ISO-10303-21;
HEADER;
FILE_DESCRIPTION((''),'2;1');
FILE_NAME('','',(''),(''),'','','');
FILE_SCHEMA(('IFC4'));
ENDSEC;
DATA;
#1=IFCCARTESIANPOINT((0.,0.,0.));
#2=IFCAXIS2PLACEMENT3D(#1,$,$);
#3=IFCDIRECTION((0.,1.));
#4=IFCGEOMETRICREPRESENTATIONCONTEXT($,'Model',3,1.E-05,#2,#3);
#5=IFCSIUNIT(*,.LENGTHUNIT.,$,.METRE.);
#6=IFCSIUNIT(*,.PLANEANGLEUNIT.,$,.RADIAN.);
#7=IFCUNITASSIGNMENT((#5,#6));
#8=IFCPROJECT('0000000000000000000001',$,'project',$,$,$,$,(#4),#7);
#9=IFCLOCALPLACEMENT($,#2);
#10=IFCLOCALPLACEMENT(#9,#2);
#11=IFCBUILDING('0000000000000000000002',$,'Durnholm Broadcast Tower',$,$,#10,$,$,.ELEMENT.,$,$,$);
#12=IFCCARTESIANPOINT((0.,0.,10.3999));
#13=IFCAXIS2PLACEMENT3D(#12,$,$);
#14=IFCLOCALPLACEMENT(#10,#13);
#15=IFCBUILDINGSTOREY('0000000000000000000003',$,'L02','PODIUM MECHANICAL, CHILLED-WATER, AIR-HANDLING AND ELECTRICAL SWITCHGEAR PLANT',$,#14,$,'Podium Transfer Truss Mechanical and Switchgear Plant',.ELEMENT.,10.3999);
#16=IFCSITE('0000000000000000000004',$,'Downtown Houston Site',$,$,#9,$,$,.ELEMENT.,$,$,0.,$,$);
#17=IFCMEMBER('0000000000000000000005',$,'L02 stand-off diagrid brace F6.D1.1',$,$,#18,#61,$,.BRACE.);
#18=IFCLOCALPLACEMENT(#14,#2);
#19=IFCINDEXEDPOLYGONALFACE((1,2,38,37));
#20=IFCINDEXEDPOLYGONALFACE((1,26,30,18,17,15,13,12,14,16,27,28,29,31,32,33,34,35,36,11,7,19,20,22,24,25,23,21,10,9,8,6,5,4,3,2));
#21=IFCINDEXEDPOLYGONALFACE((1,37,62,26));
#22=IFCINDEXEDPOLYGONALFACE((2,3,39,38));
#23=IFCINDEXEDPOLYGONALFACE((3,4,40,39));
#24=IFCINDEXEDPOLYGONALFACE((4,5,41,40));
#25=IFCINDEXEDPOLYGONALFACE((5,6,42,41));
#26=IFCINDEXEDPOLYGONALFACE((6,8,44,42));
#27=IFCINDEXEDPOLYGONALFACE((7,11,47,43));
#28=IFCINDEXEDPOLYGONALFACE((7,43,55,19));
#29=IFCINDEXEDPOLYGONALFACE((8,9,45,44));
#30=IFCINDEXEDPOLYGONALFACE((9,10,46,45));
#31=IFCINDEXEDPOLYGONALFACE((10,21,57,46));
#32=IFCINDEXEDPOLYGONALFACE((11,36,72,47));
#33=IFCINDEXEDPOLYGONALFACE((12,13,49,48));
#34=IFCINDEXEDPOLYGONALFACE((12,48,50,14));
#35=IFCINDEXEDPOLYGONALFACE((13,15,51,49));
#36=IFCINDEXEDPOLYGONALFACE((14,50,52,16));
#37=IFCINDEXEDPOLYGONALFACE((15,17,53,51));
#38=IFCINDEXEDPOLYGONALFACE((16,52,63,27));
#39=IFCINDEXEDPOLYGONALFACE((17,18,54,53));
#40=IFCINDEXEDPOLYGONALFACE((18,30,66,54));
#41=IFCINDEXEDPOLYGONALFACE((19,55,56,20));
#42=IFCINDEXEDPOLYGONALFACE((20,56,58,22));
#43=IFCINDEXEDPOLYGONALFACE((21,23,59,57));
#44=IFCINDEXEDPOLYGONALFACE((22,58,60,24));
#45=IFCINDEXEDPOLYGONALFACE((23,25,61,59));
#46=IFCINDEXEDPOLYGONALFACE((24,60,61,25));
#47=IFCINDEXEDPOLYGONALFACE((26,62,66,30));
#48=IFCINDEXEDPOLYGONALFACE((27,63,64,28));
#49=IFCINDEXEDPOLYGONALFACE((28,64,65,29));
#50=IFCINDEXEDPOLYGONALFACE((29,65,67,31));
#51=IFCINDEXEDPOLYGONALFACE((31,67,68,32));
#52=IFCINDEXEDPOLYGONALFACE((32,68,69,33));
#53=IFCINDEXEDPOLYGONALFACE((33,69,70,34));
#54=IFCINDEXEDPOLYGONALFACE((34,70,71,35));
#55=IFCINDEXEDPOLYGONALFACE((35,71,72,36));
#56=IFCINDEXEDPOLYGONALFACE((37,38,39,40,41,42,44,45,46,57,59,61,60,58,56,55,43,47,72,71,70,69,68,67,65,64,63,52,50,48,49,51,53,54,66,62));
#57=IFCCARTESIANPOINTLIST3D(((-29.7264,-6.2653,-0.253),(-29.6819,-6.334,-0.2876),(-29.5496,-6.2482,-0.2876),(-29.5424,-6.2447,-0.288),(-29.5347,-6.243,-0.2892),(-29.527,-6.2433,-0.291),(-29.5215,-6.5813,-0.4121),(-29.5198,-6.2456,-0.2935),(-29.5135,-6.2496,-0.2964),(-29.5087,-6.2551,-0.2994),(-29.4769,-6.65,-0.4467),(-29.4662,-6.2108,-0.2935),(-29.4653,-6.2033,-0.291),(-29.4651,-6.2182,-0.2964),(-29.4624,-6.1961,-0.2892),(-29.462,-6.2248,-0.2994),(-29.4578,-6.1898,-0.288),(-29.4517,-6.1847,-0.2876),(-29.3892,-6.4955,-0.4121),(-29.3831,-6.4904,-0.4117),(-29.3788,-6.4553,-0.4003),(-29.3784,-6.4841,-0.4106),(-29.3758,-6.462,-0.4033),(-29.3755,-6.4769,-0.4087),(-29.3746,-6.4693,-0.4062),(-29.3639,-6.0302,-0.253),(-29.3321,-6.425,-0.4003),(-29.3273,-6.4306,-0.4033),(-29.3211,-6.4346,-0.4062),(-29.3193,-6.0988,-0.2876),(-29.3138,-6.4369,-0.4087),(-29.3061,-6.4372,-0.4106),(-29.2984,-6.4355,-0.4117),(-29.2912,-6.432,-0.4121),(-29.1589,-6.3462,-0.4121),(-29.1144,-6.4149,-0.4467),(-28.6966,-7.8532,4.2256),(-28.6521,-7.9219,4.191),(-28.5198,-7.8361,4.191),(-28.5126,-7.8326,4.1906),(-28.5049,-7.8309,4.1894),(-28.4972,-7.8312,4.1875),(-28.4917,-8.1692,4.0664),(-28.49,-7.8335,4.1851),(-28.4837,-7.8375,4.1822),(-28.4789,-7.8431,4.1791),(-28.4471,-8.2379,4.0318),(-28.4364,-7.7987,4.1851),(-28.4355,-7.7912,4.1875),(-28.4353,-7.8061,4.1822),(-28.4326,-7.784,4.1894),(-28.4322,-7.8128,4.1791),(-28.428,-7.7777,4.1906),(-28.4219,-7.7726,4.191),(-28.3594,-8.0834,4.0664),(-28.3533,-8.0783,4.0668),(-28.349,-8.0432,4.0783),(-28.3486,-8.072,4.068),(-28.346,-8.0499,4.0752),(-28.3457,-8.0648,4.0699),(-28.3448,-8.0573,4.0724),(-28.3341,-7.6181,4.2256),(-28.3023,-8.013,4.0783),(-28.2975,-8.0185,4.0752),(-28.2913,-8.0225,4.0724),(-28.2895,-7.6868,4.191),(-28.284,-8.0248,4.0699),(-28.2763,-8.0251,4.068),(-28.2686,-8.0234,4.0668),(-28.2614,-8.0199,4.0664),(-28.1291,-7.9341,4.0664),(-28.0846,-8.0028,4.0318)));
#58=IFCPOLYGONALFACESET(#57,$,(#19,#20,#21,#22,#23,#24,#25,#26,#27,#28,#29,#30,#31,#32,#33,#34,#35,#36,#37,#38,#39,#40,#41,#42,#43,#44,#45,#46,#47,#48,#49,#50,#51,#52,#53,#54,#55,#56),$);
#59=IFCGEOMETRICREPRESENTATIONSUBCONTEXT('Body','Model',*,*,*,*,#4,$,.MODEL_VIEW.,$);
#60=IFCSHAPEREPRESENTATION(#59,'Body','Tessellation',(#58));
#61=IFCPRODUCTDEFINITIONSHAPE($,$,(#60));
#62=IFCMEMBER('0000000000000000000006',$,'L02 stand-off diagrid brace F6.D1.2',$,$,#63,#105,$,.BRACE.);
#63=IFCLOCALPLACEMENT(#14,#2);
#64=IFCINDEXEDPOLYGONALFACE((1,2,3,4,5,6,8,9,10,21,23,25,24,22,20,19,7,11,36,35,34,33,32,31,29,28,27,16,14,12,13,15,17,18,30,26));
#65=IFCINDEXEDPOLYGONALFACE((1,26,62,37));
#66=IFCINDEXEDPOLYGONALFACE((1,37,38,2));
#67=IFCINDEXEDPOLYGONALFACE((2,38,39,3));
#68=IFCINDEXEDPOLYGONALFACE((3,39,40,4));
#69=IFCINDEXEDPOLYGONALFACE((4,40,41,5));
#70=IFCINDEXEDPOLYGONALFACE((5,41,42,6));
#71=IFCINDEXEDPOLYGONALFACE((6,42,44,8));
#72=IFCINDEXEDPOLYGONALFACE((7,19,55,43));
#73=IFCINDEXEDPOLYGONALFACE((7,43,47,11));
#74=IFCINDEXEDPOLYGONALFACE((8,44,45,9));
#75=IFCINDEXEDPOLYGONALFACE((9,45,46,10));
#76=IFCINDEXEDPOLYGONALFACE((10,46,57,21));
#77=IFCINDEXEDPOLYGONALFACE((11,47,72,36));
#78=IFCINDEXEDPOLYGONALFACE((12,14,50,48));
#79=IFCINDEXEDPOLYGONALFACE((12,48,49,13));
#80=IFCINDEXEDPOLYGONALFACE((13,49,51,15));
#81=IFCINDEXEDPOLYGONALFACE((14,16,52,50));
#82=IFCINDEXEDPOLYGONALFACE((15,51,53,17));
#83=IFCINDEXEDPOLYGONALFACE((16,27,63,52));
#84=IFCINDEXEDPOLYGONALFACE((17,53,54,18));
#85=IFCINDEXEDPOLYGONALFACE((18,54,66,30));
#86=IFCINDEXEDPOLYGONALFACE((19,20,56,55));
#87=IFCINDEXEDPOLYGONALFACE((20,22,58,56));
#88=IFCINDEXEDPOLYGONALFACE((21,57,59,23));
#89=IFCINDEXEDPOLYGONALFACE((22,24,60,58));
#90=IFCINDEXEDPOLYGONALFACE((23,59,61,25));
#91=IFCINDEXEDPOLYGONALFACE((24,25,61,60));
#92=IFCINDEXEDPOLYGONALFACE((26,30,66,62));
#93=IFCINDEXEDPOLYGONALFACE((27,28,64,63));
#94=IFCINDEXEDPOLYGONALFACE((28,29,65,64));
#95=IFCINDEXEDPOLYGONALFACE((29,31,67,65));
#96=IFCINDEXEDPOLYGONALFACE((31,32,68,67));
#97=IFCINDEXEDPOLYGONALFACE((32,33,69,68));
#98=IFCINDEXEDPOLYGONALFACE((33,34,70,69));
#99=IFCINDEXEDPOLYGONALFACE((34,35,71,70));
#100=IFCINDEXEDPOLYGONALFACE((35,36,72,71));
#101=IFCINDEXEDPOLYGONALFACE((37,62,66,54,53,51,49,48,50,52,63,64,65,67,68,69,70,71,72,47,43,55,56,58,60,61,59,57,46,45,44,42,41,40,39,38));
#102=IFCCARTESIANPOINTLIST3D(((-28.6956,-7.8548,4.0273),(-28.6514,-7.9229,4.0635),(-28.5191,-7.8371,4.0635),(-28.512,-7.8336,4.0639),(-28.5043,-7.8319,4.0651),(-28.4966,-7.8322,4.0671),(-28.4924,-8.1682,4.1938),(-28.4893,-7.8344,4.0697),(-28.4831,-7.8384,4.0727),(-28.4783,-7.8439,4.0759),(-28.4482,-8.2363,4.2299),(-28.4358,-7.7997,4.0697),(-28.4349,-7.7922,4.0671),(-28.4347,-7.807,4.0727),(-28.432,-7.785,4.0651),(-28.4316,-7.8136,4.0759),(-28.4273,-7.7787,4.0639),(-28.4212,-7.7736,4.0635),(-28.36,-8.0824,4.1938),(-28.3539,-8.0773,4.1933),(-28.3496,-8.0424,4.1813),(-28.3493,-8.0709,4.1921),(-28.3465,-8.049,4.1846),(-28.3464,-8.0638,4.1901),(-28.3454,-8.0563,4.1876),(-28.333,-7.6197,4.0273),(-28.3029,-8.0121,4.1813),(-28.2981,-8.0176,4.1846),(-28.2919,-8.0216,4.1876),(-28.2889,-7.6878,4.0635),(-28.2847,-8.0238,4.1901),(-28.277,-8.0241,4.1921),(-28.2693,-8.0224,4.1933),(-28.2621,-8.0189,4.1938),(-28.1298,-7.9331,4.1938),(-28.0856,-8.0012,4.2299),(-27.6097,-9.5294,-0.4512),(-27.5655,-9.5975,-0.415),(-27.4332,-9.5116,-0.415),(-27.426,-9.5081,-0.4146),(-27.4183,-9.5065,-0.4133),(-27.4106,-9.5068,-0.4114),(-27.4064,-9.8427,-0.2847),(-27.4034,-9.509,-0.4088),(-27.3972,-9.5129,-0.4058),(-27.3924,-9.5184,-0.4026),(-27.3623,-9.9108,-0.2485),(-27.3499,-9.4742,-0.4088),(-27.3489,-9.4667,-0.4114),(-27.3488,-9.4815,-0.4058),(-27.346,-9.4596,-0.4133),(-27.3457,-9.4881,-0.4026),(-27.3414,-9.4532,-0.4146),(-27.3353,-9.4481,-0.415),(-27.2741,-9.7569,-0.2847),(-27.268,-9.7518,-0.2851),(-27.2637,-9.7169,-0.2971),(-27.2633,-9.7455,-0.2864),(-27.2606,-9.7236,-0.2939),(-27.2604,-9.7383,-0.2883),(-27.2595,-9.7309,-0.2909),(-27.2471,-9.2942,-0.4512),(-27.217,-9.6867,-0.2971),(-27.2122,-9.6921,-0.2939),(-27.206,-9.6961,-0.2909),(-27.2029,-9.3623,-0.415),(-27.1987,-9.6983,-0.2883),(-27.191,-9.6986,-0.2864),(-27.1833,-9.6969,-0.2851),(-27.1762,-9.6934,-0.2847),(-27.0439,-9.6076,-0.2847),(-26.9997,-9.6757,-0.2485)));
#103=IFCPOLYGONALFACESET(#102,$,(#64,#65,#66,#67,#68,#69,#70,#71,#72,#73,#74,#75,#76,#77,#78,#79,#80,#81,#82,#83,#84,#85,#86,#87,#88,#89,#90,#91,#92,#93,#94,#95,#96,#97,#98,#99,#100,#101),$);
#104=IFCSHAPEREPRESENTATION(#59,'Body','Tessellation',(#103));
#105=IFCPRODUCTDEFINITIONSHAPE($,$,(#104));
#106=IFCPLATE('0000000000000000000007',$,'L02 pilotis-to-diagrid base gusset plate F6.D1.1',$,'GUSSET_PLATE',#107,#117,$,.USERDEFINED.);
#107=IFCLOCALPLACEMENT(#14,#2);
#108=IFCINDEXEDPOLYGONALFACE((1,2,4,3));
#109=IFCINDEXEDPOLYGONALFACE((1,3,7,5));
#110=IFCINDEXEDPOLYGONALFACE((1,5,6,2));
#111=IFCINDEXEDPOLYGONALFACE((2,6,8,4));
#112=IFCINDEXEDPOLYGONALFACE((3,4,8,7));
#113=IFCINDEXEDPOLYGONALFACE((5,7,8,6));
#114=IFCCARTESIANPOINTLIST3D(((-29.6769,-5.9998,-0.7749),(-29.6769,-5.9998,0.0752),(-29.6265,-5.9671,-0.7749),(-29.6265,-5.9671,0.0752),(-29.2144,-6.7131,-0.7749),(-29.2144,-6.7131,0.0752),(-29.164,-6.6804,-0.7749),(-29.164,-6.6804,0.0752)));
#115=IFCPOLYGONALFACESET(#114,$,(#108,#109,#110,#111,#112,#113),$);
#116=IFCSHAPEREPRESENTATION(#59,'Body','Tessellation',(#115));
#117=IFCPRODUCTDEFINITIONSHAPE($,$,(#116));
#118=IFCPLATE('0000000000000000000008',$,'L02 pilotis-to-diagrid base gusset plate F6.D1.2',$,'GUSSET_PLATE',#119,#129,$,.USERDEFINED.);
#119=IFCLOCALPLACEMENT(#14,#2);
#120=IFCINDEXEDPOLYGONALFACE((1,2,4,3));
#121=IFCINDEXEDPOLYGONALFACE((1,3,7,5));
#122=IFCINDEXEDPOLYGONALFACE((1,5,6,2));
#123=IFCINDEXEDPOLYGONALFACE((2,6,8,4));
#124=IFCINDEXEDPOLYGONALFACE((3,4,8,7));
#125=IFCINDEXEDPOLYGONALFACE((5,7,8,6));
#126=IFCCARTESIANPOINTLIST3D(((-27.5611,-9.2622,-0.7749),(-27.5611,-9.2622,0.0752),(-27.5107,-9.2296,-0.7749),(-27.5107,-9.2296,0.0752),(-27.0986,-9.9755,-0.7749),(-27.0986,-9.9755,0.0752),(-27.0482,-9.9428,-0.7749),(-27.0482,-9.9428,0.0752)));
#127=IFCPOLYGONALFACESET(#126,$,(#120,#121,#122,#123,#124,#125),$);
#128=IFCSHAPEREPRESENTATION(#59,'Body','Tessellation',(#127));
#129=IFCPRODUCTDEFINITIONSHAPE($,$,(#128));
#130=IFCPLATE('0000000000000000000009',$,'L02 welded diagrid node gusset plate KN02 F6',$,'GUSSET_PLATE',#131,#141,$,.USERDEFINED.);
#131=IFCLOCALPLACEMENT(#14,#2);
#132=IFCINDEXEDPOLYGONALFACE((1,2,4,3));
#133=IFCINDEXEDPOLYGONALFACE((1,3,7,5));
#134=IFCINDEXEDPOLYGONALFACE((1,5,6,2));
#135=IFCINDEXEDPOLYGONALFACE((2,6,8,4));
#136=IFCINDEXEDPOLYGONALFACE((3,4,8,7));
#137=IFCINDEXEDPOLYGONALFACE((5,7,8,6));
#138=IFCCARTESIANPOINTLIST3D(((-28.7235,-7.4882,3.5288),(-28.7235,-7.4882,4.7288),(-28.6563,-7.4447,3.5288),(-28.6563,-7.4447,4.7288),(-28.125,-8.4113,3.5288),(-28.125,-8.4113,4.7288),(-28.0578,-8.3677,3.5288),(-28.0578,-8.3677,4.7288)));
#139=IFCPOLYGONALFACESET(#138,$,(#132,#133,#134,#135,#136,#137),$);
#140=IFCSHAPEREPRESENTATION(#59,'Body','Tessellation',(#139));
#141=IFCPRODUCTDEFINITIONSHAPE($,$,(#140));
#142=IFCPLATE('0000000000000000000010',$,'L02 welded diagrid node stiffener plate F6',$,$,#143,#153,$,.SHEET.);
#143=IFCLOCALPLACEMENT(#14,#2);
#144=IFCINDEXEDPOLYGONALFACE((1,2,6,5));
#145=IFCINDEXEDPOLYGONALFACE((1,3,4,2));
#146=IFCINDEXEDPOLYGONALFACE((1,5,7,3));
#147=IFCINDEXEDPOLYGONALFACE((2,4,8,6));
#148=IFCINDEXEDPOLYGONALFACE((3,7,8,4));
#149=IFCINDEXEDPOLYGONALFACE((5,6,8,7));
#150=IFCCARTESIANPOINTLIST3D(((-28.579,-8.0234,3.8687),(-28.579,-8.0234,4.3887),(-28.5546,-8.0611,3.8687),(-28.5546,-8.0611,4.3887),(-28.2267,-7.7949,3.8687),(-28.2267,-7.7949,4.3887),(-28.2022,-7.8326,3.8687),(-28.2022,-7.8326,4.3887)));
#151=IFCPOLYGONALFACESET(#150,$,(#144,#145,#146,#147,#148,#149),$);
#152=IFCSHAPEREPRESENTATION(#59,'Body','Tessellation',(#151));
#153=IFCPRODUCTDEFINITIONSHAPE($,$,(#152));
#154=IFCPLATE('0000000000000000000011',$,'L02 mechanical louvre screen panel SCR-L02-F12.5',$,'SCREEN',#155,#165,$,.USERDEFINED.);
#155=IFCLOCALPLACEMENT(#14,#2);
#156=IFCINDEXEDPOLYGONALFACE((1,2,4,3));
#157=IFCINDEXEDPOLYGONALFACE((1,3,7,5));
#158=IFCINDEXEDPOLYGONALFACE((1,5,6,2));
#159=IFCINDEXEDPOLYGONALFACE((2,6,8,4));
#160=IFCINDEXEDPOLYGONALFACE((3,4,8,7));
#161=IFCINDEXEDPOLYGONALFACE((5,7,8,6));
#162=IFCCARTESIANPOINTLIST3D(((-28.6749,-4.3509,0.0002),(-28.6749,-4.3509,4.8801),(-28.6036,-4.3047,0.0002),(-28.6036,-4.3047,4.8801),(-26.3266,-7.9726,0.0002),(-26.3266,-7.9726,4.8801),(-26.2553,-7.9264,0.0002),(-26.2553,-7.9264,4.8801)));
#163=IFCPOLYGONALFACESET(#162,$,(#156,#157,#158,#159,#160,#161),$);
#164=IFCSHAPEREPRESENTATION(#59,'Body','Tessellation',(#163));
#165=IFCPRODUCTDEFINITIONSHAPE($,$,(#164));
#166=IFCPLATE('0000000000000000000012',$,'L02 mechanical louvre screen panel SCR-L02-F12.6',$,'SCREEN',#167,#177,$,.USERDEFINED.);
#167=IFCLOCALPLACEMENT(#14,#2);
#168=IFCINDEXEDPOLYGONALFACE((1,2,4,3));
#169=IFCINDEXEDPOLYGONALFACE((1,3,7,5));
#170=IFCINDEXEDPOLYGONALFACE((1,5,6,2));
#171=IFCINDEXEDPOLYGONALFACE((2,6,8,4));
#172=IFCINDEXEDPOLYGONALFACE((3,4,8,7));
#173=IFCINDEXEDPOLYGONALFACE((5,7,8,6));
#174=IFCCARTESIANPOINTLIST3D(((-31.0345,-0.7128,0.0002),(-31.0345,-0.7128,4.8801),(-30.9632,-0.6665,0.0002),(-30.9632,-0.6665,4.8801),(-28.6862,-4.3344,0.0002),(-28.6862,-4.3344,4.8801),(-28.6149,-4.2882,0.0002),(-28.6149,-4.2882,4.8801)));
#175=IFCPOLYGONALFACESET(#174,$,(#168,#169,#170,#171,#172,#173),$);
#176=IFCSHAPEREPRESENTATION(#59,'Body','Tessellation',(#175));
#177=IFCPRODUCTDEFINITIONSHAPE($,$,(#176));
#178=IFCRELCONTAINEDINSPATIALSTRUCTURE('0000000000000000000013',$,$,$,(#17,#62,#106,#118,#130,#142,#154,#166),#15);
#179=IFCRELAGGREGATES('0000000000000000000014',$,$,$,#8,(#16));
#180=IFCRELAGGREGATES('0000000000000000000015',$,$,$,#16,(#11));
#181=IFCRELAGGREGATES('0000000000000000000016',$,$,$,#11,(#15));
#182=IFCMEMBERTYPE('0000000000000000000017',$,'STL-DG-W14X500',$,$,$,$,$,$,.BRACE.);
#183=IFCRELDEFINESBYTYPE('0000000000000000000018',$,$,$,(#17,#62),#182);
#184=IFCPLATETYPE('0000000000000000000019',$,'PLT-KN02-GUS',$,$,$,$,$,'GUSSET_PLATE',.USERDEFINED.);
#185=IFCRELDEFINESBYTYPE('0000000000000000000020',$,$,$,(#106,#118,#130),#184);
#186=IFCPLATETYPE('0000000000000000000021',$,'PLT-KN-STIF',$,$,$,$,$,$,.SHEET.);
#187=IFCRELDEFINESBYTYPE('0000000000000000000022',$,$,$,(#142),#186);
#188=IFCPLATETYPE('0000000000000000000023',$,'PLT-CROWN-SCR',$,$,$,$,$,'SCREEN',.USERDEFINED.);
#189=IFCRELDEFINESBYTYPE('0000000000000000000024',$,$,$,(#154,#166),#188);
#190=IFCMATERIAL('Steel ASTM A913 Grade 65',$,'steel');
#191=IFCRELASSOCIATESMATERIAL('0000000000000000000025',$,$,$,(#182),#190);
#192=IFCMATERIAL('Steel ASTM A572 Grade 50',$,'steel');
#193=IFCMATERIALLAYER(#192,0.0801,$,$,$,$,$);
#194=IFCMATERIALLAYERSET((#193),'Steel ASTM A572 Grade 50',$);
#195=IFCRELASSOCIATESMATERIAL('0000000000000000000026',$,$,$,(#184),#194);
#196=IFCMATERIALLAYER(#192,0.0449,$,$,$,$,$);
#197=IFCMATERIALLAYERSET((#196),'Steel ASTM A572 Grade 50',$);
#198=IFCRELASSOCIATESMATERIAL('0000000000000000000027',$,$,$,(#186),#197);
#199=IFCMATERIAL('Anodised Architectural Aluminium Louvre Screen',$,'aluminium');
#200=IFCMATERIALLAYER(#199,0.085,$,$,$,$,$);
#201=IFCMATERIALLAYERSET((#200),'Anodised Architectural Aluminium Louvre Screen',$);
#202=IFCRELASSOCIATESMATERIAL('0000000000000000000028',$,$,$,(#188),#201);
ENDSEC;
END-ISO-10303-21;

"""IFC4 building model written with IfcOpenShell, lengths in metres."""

from ifc_helpers import new_model, si_unit, direction, frame, origin, origin_2d, place, context, subcontext, project, spatial, rectangle, i_section, extrude, source, transform, mapped, material, layer, layer_set, material_profile, profile_set, type_object, type_shapes, element, save


model = new_model("IFC4")

# Units and contexts
model_context = context("Model", 3, precision=1e-05, world=origin(), true_north=direction((0.0, 1.0)))
body_context = subcontext(model_context, "Body", "Model", "MODEL_VIEW")
ifc_project = project(units=[si_unit("LENGTHUNIT", "METRE"), si_unit("PLANEANGLEUNIT", "RADIAN")], contexts=[model_context])

# Site, building, storey
site_placement = place(None, origin())
site = spatial("IfcSite", under=ifc_project, at=site_placement, Name="Downtown Houston Site", CompositionType="ELEMENT", RefElevation=0.0)
building_placement = place(site_placement, origin())
building = spatial("IfcBuilding", under=site, at=building_placement, Name="Durnholm Broadcast Tower", CompositionType="ELEMENT")
storey_placement = place(building_placement, frame((0.0, 0.0, 10.3999)))
storey = spatial("IfcBuildingStorey", under=building, at=storey_placement, Name="L02", Description="PODIUM MECHANICAL, CHILLED-WATER, AIR-HANDLING AND ELECTRICAL SWITCHGEAR PLANT", LongName="Podium Transfer Truss Mechanical and Switchgear Plant", CompositionType="ELEMENT", Elevation=10.3999)

# Shared definitions
ifc_material_1 = material(Name="Steel ASTM A913 Grade 65", Category="steel")

# Members
ifc_material_profile_1 = material_profile(ifc_material_1, i_section(OverallWidth=0.4321, OverallDepth=0.4978, WebThickness=0.0557, FlangeThickness=0.0889, FilletRadius=0.0305, at=origin_2d()), Name="W14X500")
ifc_profile_set_1 = profile_set([ifc_material_profile_1], Name="Steel ASTM A913 Grade 65")
member_type = type_object("IfcMemberType", Name="STL-DG-W14X500", PredefinedType="BRACE", material=ifc_profile_set_1)
shared_shape_1 = source(origin(), body_context, "Body", "SweptSolid", [
    extrude(i_section(OverallWidth=0.4321, OverallDepth=0.4978, WebThickness=0.0557, FlangeThickness=0.0889, FilletRadius=0.0305, at=origin_2d()), origin(), (0.0, 0.0, 1.0), 4.8621),
])
member_1_placement = place(storey_placement, frame((-29.4204, -6.3401, -0.3499), z_axis=(0.211803, -0.326593, 0.921128), x_axis=(0.839009, 0.544117, 0.0)))
element("IfcMember", 1, at=member_1_placement, inside=storey, type_object=member_type, Name="L02 stand-off diagrid brace F6.D1.1", PredefinedType="BRACE", context=body_context, shape_type="MappedRepresentation", body=[
    mapped(shared_shape_1, transform((0.0, 0.0, 0.0), x_axis=(1.0, 0.0, 0.0), y_axis=(0.0, 1.0, 0.0), z_axis=(0.0, 0.0, 1.0), scale=1.0)),
])
shared_shape_2 = source(origin(), body_context, "Body", "SweptSolid", [
    extrude(i_section(OverallWidth=0.4321, OverallDepth=0.4978, WebThickness=0.0557, FlangeThickness=0.0889, FilletRadius=0.0305, at=origin_2d()), origin(), (0.0, 0.0, 1.0), 4.9031),
])
type_shapes(member_type, [shared_shape_1, shared_shape_2])
member_2_placement = place(storey_placement, frame((-27.3047, -9.6025, -0.3499), z_axis=(-0.221479, 0.34153, 0.913403), x_axis=(-0.839022, -0.544098, 0.0)))
element("IfcMember", 2, at=member_2_placement, inside=storey, type_object=member_type, Name="L02 stand-off diagrid brace F6.D1.2", PredefinedType="BRACE", context=body_context, shape_type="MappedRepresentation", body=[
    mapped(shared_shape_2, transform((0.0, 0.0, 0.0), x_axis=(1.0, 0.0, 0.0), y_axis=(0.0, 1.0, 0.0), z_axis=(0.0, 0.0, 1.0), scale=1.0)),
])

# Plates
ifc_material_2 = material(Name="Steel ASTM A572 Grade 50", Category="steel")
ifc_layer_1 = layer(ifc_material_2, 0.0801)
ifc_layer_set_1 = layer_set([ifc_layer_1], Name="Steel ASTM A572 Grade 50")
plate_type_1 = type_object("IfcPlateType", Name="PLT-KN02-GUS", ElementType="GUSSET_PLATE", PredefinedType="USERDEFINED", material=ifc_layer_set_1)
shared_shape_3 = source(origin(), body_context, "Body", "SweptSolid", [
    extrude(rectangle(XDim=0.8501, YDim=0.0601, at=origin_2d()), origin(), (0.0, 0.0, 1.0), 0.8501),
])
for number, where, z_axis, x_axis, name in (
    (3, (-29.4204, -6.3401, -0.7749), (0.0, 0.0, 1.0), (0.544053, -0.839051, 0.0), "L02 pilotis-to-diagrid base gusset plate F6.D1.1"),
    (4, (-27.3047, -9.6025, -0.7749), (0.0, 0.0, 1.0), (0.544053, -0.839051, 0.0), "L02 pilotis-to-diagrid base gusset plate F6.D1.2"),
):
    element("IfcPlate", number, at=place(storey_placement, frame(where, z_axis=z_axis, x_axis=x_axis)), inside=storey, type_object=plate_type_1, Name=name, ObjectType="GUSSET_PLATE", PredefinedType="USERDEFINED", context=body_context, shape_type="MappedRepresentation", body=[
        mapped(shared_shape_3, transform((0.0, 0.0, 0.0), x_axis=(1.0, 0.0, 0.0), y_axis=(0.0, 1.0, 0.0), z_axis=(0.0, 0.0, 1.0), scale=1.0)),
    ])
shared_shape_4 = source(origin(), body_context, "Body", "SweptSolid", [
    extrude(rectangle(XDim=1.1001, YDim=0.0801, at=origin_2d()), origin(), (0.0, 0.0, 1.0), 1.2),
])
type_shapes(plate_type_1, [shared_shape_3, shared_shape_4])
plate_1_placement = place(storey_placement, frame((-28.3906, -7.928, 3.5288), z_axis=(0.0, 0.0, 1.0), x_axis=(0.544053, -0.839051, 0.0)))
element("IfcPlate", 5, at=plate_1_placement, inside=storey, type_object=plate_type_1, Name="L02 welded diagrid node gusset plate KN02 F6", ObjectType="GUSSET_PLATE", PredefinedType="USERDEFINED", context=body_context, shape_type="MappedRepresentation", body=[
    mapped(shared_shape_4, transform((0.0, 0.0, 0.0), x_axis=(1.0, 0.0, 0.0), y_axis=(0.0, 1.0, 0.0), z_axis=(0.0, 0.0, 1.0), scale=1.0)),
])
ifc_layer_2 = layer(ifc_material_2, 0.0449)
ifc_layer_set_2 = layer_set([ifc_layer_2], Name="Steel ASTM A572 Grade 50")
plate_type_2 = type_object("IfcPlateType", Name="PLT-KN-STIF", PredefinedType="SHEET", material=ifc_layer_set_2)
shared_shape_5 = source(origin(), body_context, "Body", "SweptSolid", [
    extrude(rectangle(XDim=0.0449, YDim=0.4199, at=origin_2d()), origin(), (0.0, 0.0, 1.0), 0.52),
])
type_shapes(plate_type_2, [shared_shape_5])
plate_2_placement = place(storey_placement, frame((-28.3906, -7.928, 3.8687), z_axis=(0.0, 0.0, 1.0), x_axis=(0.544053, -0.839051, 0.0)))
element("IfcPlate", 6, at=plate_2_placement, inside=storey, type_object=plate_type_2, Name="L02 welded diagrid node stiffener plate F6", PredefinedType="SHEET", context=body_context, shape_type="MappedRepresentation", body=[
    mapped(shared_shape_5, transform((0.0, 0.0, 0.0), x_axis=(1.0, 0.0, 0.0), y_axis=(0.0, 1.0, 0.0), z_axis=(0.0, 0.0, 1.0), scale=1.0)),
])
ifc_material_3 = material(Name="Anodised Architectural Aluminium Louvre Screen", Category="aluminium")
ifc_layer_3 = layer(ifc_material_3, 0.085)
ifc_layer_set_3 = layer_set([ifc_layer_3], Name="Anodised Architectural Aluminium Louvre Screen")
plate_type_3 = type_object("IfcPlateType", Name="PLT-CROWN-SCR", ElementType="SCREEN", PredefinedType="USERDEFINED", material=ifc_layer_set_3)
shared_shape_6 = source(origin(), body_context, "Body", "SweptSolid", [
    extrude(rectangle(XDim=4.3164, YDim=0.085, at=origin_2d()), origin(), (0.0, 0.0, 1.0), 4.8799),
])
type_shapes(plate_type_3, [shared_shape_6])
for number, where, z_axis, x_axis, name in (
    (7, (-27.4651, -6.1387, 0.0002), (0.0, 0.0, 1.0), (-0.544053, 0.839051, 0.0), "L02 mechanical louvre screen panel SCR-L02-F12.5"),
    (8, (-29.8247, -2.5005, 0.0002), (0.0, 0.0, 1.0), (-0.544053, 0.839051, 0.0), "L02 mechanical louvre screen panel SCR-L02-F12.6"),
):
    element("IfcPlate", number, at=place(storey_placement, frame(where, z_axis=z_axis, x_axis=x_axis)), inside=storey, type_object=plate_type_3, Name=name, ObjectType="SCREEN", PredefinedType="USERDEFINED", context=body_context, shape_type="MappedRepresentation", body=[
        mapped(shared_shape_6, transform((0.0, 0.0, 0.0), x_axis=(1.0, 0.0, 0.0), y_axis=(0.0, 1.0, 0.0), z_axis=(0.0, 0.0, 1.0), scale=1.0)),
    ])

save(model, "model.ifc")
